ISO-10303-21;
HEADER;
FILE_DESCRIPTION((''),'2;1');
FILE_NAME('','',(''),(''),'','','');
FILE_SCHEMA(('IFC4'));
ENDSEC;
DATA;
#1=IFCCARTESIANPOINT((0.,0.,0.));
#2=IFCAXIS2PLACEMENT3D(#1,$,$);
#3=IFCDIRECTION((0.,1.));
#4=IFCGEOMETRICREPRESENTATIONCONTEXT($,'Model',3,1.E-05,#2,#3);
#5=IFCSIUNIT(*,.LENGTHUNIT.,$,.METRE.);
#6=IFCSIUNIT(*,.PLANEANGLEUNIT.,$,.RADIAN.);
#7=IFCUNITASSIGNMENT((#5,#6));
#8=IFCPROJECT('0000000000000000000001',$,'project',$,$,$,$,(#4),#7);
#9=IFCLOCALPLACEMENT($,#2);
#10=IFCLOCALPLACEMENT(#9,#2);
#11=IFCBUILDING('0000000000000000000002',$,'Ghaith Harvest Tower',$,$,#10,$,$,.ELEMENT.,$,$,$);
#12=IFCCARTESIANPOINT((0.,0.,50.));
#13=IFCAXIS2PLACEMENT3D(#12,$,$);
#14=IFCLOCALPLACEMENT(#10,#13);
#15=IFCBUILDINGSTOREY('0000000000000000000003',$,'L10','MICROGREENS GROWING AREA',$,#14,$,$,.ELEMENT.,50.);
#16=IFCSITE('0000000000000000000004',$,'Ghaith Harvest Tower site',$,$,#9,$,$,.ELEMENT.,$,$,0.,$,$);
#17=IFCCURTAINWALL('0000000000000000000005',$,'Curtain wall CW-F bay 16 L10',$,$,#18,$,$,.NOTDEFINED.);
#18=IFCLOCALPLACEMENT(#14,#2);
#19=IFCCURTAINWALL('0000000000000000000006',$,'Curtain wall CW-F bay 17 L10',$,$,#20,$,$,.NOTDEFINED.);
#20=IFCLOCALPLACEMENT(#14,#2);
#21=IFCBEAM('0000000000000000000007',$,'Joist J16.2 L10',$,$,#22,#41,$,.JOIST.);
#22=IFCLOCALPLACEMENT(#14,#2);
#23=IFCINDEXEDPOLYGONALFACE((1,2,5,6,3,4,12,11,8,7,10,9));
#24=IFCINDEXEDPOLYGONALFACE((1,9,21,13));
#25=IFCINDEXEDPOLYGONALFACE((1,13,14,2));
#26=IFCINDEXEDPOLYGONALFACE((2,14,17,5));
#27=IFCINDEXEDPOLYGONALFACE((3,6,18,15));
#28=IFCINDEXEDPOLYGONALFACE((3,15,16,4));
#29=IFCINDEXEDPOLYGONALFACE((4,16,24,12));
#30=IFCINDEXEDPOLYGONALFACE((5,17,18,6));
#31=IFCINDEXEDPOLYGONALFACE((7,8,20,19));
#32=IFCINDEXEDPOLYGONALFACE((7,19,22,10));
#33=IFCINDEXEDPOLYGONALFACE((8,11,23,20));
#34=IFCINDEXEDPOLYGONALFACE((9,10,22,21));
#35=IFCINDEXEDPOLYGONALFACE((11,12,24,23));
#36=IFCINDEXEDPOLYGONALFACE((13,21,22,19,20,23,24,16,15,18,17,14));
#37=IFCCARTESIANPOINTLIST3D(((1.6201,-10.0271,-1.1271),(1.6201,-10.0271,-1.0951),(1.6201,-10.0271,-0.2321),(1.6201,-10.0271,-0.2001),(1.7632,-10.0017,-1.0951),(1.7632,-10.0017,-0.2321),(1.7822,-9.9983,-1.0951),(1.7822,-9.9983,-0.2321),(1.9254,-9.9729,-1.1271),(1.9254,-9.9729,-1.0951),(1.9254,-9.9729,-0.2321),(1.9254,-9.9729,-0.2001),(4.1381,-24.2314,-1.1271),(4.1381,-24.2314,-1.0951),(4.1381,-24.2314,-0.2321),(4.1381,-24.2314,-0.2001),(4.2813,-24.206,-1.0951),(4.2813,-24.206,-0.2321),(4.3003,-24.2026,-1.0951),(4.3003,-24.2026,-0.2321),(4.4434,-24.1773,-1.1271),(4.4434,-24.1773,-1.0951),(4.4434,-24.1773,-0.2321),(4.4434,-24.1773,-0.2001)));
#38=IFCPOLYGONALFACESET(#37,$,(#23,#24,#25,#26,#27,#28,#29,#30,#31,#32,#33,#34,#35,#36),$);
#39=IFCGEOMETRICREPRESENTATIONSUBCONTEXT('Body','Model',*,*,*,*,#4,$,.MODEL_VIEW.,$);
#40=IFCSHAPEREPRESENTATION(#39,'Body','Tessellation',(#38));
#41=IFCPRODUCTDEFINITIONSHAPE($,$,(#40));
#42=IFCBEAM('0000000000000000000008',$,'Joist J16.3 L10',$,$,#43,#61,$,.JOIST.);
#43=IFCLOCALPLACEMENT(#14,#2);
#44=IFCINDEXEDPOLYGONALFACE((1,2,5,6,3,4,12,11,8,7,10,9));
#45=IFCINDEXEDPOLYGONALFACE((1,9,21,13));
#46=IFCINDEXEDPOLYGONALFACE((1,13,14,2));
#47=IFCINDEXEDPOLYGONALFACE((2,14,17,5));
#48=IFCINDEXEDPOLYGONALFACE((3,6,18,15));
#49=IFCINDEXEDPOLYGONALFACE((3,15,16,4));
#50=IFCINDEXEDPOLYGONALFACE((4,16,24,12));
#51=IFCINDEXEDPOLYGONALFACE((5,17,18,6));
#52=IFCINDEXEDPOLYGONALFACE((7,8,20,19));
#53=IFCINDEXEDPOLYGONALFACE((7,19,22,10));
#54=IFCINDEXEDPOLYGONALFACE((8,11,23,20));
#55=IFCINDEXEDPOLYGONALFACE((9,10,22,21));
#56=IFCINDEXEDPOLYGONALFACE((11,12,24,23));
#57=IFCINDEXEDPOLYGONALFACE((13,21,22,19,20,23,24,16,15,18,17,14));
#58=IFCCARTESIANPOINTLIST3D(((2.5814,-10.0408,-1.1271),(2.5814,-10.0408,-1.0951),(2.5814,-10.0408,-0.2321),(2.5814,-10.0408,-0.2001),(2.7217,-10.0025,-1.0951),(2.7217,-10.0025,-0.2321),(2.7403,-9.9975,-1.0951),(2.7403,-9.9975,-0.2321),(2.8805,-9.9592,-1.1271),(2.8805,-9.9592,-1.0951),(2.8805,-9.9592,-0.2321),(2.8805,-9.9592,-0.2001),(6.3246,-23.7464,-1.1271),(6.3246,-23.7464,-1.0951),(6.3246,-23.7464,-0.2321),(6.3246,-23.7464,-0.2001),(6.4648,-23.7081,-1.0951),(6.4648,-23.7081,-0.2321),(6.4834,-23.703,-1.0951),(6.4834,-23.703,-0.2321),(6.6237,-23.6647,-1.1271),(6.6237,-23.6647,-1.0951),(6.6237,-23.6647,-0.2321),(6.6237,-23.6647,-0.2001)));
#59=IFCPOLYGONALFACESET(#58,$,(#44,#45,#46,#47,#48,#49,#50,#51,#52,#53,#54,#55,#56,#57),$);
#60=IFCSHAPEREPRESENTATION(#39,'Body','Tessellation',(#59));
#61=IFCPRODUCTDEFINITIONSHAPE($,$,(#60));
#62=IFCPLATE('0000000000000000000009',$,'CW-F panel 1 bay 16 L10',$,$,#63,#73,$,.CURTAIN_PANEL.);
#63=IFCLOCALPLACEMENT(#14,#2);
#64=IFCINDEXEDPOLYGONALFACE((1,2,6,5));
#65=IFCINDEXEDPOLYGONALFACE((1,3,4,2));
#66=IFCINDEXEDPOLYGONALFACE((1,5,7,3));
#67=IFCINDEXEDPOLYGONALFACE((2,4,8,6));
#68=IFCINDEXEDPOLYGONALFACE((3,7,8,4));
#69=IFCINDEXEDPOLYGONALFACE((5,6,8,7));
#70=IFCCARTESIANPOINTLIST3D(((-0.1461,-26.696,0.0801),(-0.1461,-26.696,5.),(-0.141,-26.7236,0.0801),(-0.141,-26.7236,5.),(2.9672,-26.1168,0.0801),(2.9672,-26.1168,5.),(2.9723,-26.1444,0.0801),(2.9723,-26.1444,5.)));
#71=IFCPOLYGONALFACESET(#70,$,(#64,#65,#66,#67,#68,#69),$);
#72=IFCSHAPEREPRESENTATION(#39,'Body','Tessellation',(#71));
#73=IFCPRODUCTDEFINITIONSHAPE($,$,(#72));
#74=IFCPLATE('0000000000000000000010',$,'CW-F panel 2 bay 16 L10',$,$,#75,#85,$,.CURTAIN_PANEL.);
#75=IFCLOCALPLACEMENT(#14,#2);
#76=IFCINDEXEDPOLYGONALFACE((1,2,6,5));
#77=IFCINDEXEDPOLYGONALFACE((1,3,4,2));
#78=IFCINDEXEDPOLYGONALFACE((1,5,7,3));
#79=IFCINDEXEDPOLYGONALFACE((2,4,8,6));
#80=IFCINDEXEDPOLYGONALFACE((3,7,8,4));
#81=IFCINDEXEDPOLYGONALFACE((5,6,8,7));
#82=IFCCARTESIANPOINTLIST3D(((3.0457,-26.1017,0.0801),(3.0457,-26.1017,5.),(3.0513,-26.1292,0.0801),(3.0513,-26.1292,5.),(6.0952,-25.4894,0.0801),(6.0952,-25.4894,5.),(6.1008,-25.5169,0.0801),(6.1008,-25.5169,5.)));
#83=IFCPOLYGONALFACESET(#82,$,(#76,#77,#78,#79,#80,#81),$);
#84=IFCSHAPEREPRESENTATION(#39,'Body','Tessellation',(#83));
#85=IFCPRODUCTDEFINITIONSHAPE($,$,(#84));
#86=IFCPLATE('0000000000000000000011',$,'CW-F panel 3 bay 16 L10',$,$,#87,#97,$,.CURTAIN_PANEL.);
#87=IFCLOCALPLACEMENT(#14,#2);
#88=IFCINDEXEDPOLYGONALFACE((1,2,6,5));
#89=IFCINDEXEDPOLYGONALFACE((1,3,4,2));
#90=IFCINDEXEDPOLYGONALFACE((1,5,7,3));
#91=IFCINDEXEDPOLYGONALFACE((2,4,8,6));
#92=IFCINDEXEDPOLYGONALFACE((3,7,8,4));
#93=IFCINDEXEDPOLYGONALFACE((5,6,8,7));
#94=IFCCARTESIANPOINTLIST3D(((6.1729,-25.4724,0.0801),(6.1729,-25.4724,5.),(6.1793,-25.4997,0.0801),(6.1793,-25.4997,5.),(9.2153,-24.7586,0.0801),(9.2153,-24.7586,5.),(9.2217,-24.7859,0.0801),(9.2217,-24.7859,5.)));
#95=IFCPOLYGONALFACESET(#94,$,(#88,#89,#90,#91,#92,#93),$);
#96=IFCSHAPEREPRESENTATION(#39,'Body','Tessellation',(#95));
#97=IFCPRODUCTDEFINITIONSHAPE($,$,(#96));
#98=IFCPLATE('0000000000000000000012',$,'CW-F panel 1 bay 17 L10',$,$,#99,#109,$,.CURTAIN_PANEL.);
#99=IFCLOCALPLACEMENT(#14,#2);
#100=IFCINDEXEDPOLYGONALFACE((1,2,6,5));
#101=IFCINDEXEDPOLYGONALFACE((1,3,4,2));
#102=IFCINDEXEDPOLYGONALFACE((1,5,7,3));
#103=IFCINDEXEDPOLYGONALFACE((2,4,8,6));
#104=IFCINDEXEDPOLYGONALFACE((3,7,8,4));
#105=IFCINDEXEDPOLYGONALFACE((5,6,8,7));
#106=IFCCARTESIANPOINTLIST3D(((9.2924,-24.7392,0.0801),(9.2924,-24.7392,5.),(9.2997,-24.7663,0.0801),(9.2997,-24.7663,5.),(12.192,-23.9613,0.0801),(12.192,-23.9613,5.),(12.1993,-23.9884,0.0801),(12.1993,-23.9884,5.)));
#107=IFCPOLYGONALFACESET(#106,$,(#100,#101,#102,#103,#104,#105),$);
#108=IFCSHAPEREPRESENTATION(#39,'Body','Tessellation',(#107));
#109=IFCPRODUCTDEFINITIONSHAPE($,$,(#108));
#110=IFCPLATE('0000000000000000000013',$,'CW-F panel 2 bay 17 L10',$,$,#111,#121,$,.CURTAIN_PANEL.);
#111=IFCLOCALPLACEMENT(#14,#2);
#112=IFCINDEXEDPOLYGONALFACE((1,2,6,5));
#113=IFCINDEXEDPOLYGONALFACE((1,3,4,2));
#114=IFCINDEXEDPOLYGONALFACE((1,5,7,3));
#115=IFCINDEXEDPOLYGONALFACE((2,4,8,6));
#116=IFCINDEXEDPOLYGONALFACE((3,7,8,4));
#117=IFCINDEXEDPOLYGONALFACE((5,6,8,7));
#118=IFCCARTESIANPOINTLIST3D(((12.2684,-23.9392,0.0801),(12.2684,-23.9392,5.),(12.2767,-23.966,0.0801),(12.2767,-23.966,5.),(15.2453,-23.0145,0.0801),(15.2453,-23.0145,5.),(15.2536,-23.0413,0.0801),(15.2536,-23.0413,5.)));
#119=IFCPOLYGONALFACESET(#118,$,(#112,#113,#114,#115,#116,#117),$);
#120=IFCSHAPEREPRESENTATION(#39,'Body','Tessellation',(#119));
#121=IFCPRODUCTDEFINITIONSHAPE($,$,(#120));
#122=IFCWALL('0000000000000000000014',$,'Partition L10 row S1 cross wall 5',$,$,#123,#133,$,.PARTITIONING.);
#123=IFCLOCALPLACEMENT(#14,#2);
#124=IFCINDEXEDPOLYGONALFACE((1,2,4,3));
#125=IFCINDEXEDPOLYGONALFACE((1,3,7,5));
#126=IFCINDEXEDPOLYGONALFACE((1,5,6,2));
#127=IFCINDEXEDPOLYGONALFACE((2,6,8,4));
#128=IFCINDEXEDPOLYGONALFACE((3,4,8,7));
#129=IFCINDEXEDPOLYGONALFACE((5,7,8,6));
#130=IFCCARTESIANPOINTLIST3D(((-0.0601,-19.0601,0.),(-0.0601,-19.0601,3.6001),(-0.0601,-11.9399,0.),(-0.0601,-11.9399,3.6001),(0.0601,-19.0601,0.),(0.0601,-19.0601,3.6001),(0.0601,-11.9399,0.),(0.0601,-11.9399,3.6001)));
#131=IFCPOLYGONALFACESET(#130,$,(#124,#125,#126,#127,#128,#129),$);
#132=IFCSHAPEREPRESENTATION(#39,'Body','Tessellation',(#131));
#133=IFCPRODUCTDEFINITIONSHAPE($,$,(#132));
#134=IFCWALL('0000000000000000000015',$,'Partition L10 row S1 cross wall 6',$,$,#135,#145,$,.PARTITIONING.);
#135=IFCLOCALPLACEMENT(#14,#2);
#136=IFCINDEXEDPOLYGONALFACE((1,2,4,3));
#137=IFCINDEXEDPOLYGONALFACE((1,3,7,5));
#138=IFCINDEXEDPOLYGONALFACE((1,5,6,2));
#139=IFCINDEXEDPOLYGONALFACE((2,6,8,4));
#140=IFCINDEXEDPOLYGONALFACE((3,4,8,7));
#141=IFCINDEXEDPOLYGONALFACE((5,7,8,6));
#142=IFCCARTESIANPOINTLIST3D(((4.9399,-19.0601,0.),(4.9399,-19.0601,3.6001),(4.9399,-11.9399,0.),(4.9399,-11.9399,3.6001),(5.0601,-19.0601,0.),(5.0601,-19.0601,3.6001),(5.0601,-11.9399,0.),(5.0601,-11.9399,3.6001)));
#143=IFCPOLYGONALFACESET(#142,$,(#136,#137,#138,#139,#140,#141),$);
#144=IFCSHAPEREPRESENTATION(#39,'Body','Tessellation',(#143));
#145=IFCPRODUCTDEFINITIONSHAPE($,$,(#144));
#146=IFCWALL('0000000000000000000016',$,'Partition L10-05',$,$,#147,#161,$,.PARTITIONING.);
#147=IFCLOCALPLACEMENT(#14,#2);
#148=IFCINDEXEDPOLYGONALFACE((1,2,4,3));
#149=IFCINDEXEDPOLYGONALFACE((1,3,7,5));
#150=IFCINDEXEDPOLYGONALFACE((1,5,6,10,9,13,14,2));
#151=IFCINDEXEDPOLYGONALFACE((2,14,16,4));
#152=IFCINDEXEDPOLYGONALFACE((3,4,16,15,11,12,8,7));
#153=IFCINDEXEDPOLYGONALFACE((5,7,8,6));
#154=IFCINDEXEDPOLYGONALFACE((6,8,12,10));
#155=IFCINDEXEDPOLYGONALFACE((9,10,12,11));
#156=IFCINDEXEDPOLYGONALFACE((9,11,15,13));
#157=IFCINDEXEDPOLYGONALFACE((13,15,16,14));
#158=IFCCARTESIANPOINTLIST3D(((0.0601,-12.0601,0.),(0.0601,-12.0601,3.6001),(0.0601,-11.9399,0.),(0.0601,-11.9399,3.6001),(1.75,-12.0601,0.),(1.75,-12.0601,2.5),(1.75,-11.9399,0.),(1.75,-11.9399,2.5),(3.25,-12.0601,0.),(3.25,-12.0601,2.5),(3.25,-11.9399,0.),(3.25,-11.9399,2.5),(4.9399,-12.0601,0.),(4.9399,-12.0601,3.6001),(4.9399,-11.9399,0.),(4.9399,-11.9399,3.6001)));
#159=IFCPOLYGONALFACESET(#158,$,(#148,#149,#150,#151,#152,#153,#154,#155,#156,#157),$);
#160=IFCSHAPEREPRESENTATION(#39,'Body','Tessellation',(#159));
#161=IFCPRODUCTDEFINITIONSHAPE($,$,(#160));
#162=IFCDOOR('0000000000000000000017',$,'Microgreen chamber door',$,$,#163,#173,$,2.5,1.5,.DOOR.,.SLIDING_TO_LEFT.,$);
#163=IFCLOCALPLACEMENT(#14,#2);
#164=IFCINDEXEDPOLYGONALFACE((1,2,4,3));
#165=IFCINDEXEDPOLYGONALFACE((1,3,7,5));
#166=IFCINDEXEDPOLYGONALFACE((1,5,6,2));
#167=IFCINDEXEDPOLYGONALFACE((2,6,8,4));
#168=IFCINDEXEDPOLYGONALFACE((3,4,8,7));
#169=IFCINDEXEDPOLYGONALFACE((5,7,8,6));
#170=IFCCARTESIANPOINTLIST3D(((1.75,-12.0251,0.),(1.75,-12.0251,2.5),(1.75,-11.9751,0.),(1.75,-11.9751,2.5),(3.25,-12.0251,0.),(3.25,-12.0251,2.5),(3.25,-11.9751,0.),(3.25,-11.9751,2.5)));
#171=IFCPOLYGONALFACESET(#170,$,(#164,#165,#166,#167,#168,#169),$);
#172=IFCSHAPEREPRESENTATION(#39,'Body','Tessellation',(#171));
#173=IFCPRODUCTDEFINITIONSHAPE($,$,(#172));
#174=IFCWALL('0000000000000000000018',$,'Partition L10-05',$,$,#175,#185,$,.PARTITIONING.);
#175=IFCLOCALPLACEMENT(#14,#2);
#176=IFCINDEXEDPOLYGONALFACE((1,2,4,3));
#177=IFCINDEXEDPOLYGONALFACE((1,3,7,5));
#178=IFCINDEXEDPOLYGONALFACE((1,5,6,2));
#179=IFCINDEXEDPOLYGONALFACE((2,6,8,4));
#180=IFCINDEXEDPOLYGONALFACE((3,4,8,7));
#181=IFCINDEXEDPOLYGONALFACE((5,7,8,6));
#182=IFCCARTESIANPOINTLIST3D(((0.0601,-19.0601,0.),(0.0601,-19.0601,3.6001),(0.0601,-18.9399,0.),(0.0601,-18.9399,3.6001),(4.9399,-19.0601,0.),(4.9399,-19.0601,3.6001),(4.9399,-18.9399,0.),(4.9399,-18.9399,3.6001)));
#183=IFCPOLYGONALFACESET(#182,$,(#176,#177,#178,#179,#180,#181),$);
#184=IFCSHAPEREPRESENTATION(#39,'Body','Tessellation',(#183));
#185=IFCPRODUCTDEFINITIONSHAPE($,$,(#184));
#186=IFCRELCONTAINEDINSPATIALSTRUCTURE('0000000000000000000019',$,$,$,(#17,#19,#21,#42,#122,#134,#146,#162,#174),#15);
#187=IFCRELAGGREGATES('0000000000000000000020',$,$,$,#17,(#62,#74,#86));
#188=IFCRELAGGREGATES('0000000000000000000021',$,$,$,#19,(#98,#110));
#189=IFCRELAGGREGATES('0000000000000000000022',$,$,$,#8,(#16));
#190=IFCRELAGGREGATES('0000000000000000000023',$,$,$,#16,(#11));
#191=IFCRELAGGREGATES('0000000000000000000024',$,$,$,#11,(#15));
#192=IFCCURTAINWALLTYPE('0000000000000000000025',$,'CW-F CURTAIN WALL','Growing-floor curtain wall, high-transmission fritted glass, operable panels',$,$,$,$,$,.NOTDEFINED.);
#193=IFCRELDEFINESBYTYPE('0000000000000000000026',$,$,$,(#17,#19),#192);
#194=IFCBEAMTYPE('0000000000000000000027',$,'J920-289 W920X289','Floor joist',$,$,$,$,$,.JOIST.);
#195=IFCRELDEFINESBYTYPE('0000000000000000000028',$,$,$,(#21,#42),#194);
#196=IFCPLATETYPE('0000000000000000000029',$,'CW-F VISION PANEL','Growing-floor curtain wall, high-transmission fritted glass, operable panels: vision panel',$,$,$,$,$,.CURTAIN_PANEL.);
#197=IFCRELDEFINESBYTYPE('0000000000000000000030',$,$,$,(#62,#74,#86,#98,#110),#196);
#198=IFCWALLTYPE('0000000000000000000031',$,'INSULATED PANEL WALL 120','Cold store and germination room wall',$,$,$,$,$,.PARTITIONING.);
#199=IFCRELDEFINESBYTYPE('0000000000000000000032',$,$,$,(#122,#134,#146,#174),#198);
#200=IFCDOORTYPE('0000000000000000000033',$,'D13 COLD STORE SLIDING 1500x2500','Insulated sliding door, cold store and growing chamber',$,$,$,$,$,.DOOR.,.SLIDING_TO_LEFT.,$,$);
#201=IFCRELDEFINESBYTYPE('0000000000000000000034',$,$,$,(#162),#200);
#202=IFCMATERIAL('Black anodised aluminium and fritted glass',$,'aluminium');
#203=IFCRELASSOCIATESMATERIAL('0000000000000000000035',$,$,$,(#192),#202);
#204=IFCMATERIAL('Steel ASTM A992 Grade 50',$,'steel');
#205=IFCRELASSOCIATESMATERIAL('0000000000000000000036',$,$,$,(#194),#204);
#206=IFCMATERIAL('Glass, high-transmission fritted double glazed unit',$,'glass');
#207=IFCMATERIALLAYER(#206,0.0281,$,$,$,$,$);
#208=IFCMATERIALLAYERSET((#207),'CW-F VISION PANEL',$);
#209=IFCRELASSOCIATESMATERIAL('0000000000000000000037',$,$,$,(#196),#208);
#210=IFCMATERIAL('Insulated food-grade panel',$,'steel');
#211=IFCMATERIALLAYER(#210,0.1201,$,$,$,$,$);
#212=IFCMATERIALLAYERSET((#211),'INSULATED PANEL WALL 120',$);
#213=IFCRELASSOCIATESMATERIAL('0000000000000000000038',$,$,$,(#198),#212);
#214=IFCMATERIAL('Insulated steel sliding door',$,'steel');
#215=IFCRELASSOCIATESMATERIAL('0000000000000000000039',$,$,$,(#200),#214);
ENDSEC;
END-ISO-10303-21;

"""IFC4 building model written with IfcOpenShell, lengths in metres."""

from ifc_helpers import new_model, si_unit, direction, frame, frame_2d, origin, origin_2d, place, context, subcontext, project, spatial, rectangle, i_section, extrude, material, layer, layer_set, material_profile, profile_set, type_object, element, fill, aggregate, save


model = new_model("IFC4")

# Units and contexts
model_context = context("Model", 3, precision=1e-05, world=origin(), true_north=direction((0.0, 1.0)))
body_context = subcontext(model_context, "Body", "Model", "MODEL_VIEW")
ifc_project = project(units=[si_unit("LENGTHUNIT", "METRE"), si_unit("PLANEANGLEUNIT", "RADIAN")], contexts=[model_context])

# Site, building, storey
site_placement = place(None, origin())
site = spatial("IfcSite", under=ifc_project, at=site_placement, Name="Ghaith Harvest Tower site", CompositionType="ELEMENT", RefElevation=0.0)
building_placement = place(site_placement, origin())
building = spatial("IfcBuilding", under=site, at=building_placement, Name="Ghaith Harvest Tower", CompositionType="ELEMENT")
storey_placement = place(building_placement, frame((0.0, 0.0, 50.0)))
storey = spatial("IfcBuildingStorey", under=building, at=storey_placement, Name="L10", Description="MICROGREENS GROWING AREA", CompositionType="ELEMENT", Elevation=50.0)

# Curtain walls
ifc_material_1 = material(Name="Black anodised aluminium and fritted glass", Category="aluminium")
curtain_wall_type = type_object("IfcCurtainWallType", Name="CW-F CURTAIN WALL", Description="Growing-floor curtain wall, high-transmission fritted glass, operable panels", PredefinedType="NOTDEFINED", material=ifc_material_1)
curtain_wall_1_placement = place(storey_placement, origin())
curtain_wall_1 = element("IfcCurtainWall", 1, at=curtain_wall_1_placement, inside=storey, type_object=curtain_wall_type, Name="Curtain wall CW-F bay 16 L10", PredefinedType="NOTDEFINED")
curtain_wall_2_placement = place(storey_placement, origin())
curtain_wall_2 = element("IfcCurtainWall", 2, at=curtain_wall_2_placement, inside=storey, type_object=curtain_wall_type, Name="Curtain wall CW-F bay 17 L10", PredefinedType="NOTDEFINED")

# Beams
ifc_material_2 = material(Name="Steel ASTM A992 Grade 50", Category="steel")
ifc_material_profile_1 = material_profile(ifc_material_2, i_section(OverallWidth=0.3101, OverallDepth=0.927, WebThickness=0.0193, FlangeThickness=0.032, at=origin_2d()), Name="W920X289")
ifc_profile_set_1 = profile_set([ifc_material_profile_1], Name="Steel ASTM A992 Grade 50")
beam_type_1 = type_object("IfcBeamType", Name="J920-289 W920X289", Description="Floor joist", PredefinedType="JOIST", material=ifc_profile_set_1)
beam_1_placement = place(storey_placement, frame((1.7727, -10.0, -0.6636), z_axis=(0.174553, -0.984648, 0.0), x_axis=(0.984648, 0.174553, 0.0)))
element("IfcBeam", 3, at=beam_1_placement, inside=storey, type_object=beam_type_1, Name="Joist J16.2 L10", PredefinedType="JOIST", context=body_context, shape_type="SweptSolid", body=[
    extrude(i_section(OverallWidth=0.3101, OverallDepth=0.927, WebThickness=0.0193, FlangeThickness=0.032, at=origin_2d()), origin(), (0.0, 0.0, 1.0), 14.4258),
])
beam_2_placement = place(storey_placement, frame((2.731, -10.0, -0.6636), z_axis=(0.263463, -0.964669, 0.0), x_axis=(0.964669, 0.263463, 0.0)))
element("IfcBeam", 4, at=beam_2_placement, inside=storey, type_object=beam_type_1, Name="Joist J16.3 L10", PredefinedType="JOIST", context=body_context, shape_type="SweptSolid", body=[
    extrude(i_section(OverallWidth=0.3101, OverallDepth=0.927, WebThickness=0.0193, FlangeThickness=0.032, at=origin_2d()), origin(), (0.0, 0.0, 1.0), 14.2075),
])

# Plates
ifc_material_3 = material(Name="Glass, high-transmission fritted double glazed unit", Category="glass")
ifc_layer_1 = layer(ifc_material_3, 0.0281)
ifc_layer_set_1 = layer_set([ifc_layer_1], Name="CW-F VISION PANEL")
plate_type = type_object("IfcPlateType", Name="CW-F VISION PANEL", Description="Growing-floor curtain wall, high-transmission fritted glass, operable panels: vision panel", PredefinedType="CURTAIN_PANEL", material=ifc_layer_set_1)
plate_1_placement = place(storey_placement, frame((1.4131, -26.4202, 0.0801), z_axis=(0.0, 0.0, 1.0), x_axis=(0.983131, 0.182902, 0.0)))
plate_1 = element("IfcPlate", 5, at=plate_1_placement, type_object=plate_type, Name="CW-F panel 1 bay 16 L10", PredefinedType="CURTAIN_PANEL", context=body_context, shape_type="SweptSolid", body=[
    extrude(rectangle(XDim=3.1667, YDim=0.0281, at=origin_2d()), origin(), (0.0, 0.0, 1.0), 4.9199),
])
plate_2_placement = place(storey_placement, frame((4.5732, -25.8093, 0.0801), z_axis=(0.0, 0.0, 1.0), x_axis=(0.980432, 0.196856, 0.0)))
plate_2 = element("IfcPlate", 6, at=plate_2_placement, type_object=plate_type, Name="CW-F panel 2 bay 16 L10", PredefinedType="CURTAIN_PANEL", context=body_context, shape_type="SweptSolid", body=[
    extrude(rectangle(XDim=3.1104, YDim=0.0281, at=origin_2d()), origin(), (0.0, 0.0, 1.0), 4.9199),
])
plate_3_placement = place(storey_placement, frame((7.6973, -25.1292, 0.0801), z_axis=(0.0, 0.0, 1.0), x_axis=(0.973565, 0.228411, 0.0)))
plate_3 = element("IfcPlate", 7, at=plate_3_placement, type_object=plate_type, Name="CW-F panel 3 bay 16 L10", PredefinedType="CURTAIN_PANEL", context=body_context, shape_type="SweptSolid", body=[
    extrude(rectangle(XDim=3.125, YDim=0.0281, at=origin_2d()), origin(), (0.0, 0.0, 1.0), 4.9199),
])
aggregate(curtain_wall_1, [plate_1, plate_2, plate_3])
plate_4_placement = place(storey_placement, frame((10.7458, -24.3638, 0.0801), z_axis=(0.0, 0.0, 1.0), x_axis=(0.965848, 0.259108, 0.0)))
plate_4 = element("IfcPlate", 8, at=plate_4_placement, type_object=plate_type, Name="CW-F panel 1 bay 17 L10", PredefinedType="CURTAIN_PANEL", context=body_context, shape_type="SweptSolid", body=[
    extrude(rectangle(XDim=3.0022, YDim=0.0281, at=origin_2d()), origin(), (0.0, 0.0, 1.0), 4.9199),
])
plate_5_placement = place(storey_placement, frame((13.761, -23.4902, 0.0801), z_axis=(0.0, 0.0, 1.0), x_axis=(0.954988, 0.296644, 0.0)))
plate_5 = element("IfcPlate", 9, at=plate_5_placement, type_object=plate_type, Name="CW-F panel 2 bay 17 L10", PredefinedType="CURTAIN_PANEL", context=body_context, shape_type="SweptSolid", body=[
    extrude(rectangle(XDim=3.1172, YDim=0.0281, at=origin_2d()), origin(), (0.0, 0.0, 1.0), 4.9199),
])
aggregate(curtain_wall_2, [plate_4, plate_5])

# Walls
ifc_material_4 = material(Name="Insulated food-grade panel", Category="steel")
ifc_layer_2 = layer(ifc_material_4, 0.1201)
ifc_layer_set_2 = layer_set([ifc_layer_2], Name="INSULATED PANEL WALL 120")
wall_type_1 = type_object("IfcWallType", Name="INSULATED PANEL WALL 120", Description="Cold store and germination room wall", PredefinedType="PARTITIONING", material=ifc_layer_set_2)
for number, where, z_axis, x_axis, name in (
    (10, (0.0, -11.9399, 0.0), (0.0, 0.0, 1.0), (0.0, -1.0, 0.0), "Partition L10 row S1 cross wall 5"),
    (11, (5.0, -11.9399, 0.0), (0.0, 0.0, 1.0), (0.0, -1.0, 0.0), "Partition L10 row S1 cross wall 6"),
):
    element("IfcWall", number, at=place(storey_placement, frame(where, z_axis=z_axis, x_axis=x_axis)), inside=storey, type_object=wall_type_1, Name=name, PredefinedType="PARTITIONING", context=body_context, shape_type="SweptSolid", body=[
        extrude(rectangle(XDim=7.1201, YDim=0.1201, at=frame_2d((3.5601, 0.0))), origin(), (0.0, 0.0, 1.0), 3.6001),
    ])

# Wall, opening, door
wall_1_placement = place(storey_placement, frame((0.0601, -12.0, 0.0), z_axis=(0.0, 0.0, 1.0), x_axis=(1.0, 0.0, 0.0)))
wall_1 = element("IfcWall", 12, at=wall_1_placement, inside=storey, type_object=wall_type_1, Name="Partition L10-05", PredefinedType="PARTITIONING", context=body_context, shape_type="SweptSolid", body=[
    extrude(rectangle(XDim=4.8799, YDim=0.1201, at=frame_2d((2.4399, 0.0))), origin(), (0.0, 0.0, 1.0), 3.6001),
])
opening_1_placement = place(wall_1_placement, frame((1.6899, 0.0, 0.0)))
opening_1 = element("IfcOpeningElement", 13, at=opening_1_placement, cuts=wall_1, PredefinedType="OPENING", context=body_context, shape_type="SweptSolid", body=[
    extrude(rectangle(XDim=1.5, YDim=2.5, at=frame_2d((0.75, 1.25))), frame((0.0, 0.0701, 0.0), z_axis=(0.0, -1.0, 0.0), x_axis=(1.0, 0.0, 0.0)), (0.0, 0.0, 1.0), 0.1401),
])
ifc_material_5 = material(Name="Insulated steel sliding door", Category="steel")
door_type_1 = type_object("IfcDoorType", Name="D13 COLD STORE SLIDING 1500x2500", Description="Insulated sliding door, cold store and growing chamber", OperationType="SLIDING_TO_LEFT", PredefinedType="DOOR", material=ifc_material_5)
door_1_placement = place(opening_1_placement, origin())
door_1 = element("IfcDoor", 14, at=door_1_placement, inside=storey, type_object=door_type_1, Name="Microgreen chamber door", OperationType="SLIDING_TO_LEFT", OverallHeight=2.5, OverallWidth=1.5, PredefinedType="DOOR", context=body_context, shape_type="SweptSolid", body=[
    extrude(rectangle(XDim=1.5, YDim=2.5, at=frame_2d((0.75, 1.25))), frame((0.0, 0.0249, 0.0), z_axis=(0.0, -1.0, 0.0), x_axis=(1.0, 0.0, 0.0)), (0.0, 0.0, 1.0), 0.05),
])
fill(opening_1, door_1)

# Wall
wall_2_placement = place(storey_placement, frame((0.0601, -19.0, 0.0), z_axis=(0.0, 0.0, 1.0), x_axis=(1.0, 0.0, 0.0)))
element("IfcWall", 15, at=wall_2_placement, inside=storey, type_object=wall_type_1, Name="Partition L10-05", PredefinedType="PARTITIONING", context=body_context, shape_type="SweptSolid", body=[
    extrude(rectangle(XDim=4.8799, YDim=0.1201, at=frame_2d((2.4399, 0.0))), origin(), (0.0, 0.0, 1.0), 3.6001),
])

save(model, "model.ifc")
